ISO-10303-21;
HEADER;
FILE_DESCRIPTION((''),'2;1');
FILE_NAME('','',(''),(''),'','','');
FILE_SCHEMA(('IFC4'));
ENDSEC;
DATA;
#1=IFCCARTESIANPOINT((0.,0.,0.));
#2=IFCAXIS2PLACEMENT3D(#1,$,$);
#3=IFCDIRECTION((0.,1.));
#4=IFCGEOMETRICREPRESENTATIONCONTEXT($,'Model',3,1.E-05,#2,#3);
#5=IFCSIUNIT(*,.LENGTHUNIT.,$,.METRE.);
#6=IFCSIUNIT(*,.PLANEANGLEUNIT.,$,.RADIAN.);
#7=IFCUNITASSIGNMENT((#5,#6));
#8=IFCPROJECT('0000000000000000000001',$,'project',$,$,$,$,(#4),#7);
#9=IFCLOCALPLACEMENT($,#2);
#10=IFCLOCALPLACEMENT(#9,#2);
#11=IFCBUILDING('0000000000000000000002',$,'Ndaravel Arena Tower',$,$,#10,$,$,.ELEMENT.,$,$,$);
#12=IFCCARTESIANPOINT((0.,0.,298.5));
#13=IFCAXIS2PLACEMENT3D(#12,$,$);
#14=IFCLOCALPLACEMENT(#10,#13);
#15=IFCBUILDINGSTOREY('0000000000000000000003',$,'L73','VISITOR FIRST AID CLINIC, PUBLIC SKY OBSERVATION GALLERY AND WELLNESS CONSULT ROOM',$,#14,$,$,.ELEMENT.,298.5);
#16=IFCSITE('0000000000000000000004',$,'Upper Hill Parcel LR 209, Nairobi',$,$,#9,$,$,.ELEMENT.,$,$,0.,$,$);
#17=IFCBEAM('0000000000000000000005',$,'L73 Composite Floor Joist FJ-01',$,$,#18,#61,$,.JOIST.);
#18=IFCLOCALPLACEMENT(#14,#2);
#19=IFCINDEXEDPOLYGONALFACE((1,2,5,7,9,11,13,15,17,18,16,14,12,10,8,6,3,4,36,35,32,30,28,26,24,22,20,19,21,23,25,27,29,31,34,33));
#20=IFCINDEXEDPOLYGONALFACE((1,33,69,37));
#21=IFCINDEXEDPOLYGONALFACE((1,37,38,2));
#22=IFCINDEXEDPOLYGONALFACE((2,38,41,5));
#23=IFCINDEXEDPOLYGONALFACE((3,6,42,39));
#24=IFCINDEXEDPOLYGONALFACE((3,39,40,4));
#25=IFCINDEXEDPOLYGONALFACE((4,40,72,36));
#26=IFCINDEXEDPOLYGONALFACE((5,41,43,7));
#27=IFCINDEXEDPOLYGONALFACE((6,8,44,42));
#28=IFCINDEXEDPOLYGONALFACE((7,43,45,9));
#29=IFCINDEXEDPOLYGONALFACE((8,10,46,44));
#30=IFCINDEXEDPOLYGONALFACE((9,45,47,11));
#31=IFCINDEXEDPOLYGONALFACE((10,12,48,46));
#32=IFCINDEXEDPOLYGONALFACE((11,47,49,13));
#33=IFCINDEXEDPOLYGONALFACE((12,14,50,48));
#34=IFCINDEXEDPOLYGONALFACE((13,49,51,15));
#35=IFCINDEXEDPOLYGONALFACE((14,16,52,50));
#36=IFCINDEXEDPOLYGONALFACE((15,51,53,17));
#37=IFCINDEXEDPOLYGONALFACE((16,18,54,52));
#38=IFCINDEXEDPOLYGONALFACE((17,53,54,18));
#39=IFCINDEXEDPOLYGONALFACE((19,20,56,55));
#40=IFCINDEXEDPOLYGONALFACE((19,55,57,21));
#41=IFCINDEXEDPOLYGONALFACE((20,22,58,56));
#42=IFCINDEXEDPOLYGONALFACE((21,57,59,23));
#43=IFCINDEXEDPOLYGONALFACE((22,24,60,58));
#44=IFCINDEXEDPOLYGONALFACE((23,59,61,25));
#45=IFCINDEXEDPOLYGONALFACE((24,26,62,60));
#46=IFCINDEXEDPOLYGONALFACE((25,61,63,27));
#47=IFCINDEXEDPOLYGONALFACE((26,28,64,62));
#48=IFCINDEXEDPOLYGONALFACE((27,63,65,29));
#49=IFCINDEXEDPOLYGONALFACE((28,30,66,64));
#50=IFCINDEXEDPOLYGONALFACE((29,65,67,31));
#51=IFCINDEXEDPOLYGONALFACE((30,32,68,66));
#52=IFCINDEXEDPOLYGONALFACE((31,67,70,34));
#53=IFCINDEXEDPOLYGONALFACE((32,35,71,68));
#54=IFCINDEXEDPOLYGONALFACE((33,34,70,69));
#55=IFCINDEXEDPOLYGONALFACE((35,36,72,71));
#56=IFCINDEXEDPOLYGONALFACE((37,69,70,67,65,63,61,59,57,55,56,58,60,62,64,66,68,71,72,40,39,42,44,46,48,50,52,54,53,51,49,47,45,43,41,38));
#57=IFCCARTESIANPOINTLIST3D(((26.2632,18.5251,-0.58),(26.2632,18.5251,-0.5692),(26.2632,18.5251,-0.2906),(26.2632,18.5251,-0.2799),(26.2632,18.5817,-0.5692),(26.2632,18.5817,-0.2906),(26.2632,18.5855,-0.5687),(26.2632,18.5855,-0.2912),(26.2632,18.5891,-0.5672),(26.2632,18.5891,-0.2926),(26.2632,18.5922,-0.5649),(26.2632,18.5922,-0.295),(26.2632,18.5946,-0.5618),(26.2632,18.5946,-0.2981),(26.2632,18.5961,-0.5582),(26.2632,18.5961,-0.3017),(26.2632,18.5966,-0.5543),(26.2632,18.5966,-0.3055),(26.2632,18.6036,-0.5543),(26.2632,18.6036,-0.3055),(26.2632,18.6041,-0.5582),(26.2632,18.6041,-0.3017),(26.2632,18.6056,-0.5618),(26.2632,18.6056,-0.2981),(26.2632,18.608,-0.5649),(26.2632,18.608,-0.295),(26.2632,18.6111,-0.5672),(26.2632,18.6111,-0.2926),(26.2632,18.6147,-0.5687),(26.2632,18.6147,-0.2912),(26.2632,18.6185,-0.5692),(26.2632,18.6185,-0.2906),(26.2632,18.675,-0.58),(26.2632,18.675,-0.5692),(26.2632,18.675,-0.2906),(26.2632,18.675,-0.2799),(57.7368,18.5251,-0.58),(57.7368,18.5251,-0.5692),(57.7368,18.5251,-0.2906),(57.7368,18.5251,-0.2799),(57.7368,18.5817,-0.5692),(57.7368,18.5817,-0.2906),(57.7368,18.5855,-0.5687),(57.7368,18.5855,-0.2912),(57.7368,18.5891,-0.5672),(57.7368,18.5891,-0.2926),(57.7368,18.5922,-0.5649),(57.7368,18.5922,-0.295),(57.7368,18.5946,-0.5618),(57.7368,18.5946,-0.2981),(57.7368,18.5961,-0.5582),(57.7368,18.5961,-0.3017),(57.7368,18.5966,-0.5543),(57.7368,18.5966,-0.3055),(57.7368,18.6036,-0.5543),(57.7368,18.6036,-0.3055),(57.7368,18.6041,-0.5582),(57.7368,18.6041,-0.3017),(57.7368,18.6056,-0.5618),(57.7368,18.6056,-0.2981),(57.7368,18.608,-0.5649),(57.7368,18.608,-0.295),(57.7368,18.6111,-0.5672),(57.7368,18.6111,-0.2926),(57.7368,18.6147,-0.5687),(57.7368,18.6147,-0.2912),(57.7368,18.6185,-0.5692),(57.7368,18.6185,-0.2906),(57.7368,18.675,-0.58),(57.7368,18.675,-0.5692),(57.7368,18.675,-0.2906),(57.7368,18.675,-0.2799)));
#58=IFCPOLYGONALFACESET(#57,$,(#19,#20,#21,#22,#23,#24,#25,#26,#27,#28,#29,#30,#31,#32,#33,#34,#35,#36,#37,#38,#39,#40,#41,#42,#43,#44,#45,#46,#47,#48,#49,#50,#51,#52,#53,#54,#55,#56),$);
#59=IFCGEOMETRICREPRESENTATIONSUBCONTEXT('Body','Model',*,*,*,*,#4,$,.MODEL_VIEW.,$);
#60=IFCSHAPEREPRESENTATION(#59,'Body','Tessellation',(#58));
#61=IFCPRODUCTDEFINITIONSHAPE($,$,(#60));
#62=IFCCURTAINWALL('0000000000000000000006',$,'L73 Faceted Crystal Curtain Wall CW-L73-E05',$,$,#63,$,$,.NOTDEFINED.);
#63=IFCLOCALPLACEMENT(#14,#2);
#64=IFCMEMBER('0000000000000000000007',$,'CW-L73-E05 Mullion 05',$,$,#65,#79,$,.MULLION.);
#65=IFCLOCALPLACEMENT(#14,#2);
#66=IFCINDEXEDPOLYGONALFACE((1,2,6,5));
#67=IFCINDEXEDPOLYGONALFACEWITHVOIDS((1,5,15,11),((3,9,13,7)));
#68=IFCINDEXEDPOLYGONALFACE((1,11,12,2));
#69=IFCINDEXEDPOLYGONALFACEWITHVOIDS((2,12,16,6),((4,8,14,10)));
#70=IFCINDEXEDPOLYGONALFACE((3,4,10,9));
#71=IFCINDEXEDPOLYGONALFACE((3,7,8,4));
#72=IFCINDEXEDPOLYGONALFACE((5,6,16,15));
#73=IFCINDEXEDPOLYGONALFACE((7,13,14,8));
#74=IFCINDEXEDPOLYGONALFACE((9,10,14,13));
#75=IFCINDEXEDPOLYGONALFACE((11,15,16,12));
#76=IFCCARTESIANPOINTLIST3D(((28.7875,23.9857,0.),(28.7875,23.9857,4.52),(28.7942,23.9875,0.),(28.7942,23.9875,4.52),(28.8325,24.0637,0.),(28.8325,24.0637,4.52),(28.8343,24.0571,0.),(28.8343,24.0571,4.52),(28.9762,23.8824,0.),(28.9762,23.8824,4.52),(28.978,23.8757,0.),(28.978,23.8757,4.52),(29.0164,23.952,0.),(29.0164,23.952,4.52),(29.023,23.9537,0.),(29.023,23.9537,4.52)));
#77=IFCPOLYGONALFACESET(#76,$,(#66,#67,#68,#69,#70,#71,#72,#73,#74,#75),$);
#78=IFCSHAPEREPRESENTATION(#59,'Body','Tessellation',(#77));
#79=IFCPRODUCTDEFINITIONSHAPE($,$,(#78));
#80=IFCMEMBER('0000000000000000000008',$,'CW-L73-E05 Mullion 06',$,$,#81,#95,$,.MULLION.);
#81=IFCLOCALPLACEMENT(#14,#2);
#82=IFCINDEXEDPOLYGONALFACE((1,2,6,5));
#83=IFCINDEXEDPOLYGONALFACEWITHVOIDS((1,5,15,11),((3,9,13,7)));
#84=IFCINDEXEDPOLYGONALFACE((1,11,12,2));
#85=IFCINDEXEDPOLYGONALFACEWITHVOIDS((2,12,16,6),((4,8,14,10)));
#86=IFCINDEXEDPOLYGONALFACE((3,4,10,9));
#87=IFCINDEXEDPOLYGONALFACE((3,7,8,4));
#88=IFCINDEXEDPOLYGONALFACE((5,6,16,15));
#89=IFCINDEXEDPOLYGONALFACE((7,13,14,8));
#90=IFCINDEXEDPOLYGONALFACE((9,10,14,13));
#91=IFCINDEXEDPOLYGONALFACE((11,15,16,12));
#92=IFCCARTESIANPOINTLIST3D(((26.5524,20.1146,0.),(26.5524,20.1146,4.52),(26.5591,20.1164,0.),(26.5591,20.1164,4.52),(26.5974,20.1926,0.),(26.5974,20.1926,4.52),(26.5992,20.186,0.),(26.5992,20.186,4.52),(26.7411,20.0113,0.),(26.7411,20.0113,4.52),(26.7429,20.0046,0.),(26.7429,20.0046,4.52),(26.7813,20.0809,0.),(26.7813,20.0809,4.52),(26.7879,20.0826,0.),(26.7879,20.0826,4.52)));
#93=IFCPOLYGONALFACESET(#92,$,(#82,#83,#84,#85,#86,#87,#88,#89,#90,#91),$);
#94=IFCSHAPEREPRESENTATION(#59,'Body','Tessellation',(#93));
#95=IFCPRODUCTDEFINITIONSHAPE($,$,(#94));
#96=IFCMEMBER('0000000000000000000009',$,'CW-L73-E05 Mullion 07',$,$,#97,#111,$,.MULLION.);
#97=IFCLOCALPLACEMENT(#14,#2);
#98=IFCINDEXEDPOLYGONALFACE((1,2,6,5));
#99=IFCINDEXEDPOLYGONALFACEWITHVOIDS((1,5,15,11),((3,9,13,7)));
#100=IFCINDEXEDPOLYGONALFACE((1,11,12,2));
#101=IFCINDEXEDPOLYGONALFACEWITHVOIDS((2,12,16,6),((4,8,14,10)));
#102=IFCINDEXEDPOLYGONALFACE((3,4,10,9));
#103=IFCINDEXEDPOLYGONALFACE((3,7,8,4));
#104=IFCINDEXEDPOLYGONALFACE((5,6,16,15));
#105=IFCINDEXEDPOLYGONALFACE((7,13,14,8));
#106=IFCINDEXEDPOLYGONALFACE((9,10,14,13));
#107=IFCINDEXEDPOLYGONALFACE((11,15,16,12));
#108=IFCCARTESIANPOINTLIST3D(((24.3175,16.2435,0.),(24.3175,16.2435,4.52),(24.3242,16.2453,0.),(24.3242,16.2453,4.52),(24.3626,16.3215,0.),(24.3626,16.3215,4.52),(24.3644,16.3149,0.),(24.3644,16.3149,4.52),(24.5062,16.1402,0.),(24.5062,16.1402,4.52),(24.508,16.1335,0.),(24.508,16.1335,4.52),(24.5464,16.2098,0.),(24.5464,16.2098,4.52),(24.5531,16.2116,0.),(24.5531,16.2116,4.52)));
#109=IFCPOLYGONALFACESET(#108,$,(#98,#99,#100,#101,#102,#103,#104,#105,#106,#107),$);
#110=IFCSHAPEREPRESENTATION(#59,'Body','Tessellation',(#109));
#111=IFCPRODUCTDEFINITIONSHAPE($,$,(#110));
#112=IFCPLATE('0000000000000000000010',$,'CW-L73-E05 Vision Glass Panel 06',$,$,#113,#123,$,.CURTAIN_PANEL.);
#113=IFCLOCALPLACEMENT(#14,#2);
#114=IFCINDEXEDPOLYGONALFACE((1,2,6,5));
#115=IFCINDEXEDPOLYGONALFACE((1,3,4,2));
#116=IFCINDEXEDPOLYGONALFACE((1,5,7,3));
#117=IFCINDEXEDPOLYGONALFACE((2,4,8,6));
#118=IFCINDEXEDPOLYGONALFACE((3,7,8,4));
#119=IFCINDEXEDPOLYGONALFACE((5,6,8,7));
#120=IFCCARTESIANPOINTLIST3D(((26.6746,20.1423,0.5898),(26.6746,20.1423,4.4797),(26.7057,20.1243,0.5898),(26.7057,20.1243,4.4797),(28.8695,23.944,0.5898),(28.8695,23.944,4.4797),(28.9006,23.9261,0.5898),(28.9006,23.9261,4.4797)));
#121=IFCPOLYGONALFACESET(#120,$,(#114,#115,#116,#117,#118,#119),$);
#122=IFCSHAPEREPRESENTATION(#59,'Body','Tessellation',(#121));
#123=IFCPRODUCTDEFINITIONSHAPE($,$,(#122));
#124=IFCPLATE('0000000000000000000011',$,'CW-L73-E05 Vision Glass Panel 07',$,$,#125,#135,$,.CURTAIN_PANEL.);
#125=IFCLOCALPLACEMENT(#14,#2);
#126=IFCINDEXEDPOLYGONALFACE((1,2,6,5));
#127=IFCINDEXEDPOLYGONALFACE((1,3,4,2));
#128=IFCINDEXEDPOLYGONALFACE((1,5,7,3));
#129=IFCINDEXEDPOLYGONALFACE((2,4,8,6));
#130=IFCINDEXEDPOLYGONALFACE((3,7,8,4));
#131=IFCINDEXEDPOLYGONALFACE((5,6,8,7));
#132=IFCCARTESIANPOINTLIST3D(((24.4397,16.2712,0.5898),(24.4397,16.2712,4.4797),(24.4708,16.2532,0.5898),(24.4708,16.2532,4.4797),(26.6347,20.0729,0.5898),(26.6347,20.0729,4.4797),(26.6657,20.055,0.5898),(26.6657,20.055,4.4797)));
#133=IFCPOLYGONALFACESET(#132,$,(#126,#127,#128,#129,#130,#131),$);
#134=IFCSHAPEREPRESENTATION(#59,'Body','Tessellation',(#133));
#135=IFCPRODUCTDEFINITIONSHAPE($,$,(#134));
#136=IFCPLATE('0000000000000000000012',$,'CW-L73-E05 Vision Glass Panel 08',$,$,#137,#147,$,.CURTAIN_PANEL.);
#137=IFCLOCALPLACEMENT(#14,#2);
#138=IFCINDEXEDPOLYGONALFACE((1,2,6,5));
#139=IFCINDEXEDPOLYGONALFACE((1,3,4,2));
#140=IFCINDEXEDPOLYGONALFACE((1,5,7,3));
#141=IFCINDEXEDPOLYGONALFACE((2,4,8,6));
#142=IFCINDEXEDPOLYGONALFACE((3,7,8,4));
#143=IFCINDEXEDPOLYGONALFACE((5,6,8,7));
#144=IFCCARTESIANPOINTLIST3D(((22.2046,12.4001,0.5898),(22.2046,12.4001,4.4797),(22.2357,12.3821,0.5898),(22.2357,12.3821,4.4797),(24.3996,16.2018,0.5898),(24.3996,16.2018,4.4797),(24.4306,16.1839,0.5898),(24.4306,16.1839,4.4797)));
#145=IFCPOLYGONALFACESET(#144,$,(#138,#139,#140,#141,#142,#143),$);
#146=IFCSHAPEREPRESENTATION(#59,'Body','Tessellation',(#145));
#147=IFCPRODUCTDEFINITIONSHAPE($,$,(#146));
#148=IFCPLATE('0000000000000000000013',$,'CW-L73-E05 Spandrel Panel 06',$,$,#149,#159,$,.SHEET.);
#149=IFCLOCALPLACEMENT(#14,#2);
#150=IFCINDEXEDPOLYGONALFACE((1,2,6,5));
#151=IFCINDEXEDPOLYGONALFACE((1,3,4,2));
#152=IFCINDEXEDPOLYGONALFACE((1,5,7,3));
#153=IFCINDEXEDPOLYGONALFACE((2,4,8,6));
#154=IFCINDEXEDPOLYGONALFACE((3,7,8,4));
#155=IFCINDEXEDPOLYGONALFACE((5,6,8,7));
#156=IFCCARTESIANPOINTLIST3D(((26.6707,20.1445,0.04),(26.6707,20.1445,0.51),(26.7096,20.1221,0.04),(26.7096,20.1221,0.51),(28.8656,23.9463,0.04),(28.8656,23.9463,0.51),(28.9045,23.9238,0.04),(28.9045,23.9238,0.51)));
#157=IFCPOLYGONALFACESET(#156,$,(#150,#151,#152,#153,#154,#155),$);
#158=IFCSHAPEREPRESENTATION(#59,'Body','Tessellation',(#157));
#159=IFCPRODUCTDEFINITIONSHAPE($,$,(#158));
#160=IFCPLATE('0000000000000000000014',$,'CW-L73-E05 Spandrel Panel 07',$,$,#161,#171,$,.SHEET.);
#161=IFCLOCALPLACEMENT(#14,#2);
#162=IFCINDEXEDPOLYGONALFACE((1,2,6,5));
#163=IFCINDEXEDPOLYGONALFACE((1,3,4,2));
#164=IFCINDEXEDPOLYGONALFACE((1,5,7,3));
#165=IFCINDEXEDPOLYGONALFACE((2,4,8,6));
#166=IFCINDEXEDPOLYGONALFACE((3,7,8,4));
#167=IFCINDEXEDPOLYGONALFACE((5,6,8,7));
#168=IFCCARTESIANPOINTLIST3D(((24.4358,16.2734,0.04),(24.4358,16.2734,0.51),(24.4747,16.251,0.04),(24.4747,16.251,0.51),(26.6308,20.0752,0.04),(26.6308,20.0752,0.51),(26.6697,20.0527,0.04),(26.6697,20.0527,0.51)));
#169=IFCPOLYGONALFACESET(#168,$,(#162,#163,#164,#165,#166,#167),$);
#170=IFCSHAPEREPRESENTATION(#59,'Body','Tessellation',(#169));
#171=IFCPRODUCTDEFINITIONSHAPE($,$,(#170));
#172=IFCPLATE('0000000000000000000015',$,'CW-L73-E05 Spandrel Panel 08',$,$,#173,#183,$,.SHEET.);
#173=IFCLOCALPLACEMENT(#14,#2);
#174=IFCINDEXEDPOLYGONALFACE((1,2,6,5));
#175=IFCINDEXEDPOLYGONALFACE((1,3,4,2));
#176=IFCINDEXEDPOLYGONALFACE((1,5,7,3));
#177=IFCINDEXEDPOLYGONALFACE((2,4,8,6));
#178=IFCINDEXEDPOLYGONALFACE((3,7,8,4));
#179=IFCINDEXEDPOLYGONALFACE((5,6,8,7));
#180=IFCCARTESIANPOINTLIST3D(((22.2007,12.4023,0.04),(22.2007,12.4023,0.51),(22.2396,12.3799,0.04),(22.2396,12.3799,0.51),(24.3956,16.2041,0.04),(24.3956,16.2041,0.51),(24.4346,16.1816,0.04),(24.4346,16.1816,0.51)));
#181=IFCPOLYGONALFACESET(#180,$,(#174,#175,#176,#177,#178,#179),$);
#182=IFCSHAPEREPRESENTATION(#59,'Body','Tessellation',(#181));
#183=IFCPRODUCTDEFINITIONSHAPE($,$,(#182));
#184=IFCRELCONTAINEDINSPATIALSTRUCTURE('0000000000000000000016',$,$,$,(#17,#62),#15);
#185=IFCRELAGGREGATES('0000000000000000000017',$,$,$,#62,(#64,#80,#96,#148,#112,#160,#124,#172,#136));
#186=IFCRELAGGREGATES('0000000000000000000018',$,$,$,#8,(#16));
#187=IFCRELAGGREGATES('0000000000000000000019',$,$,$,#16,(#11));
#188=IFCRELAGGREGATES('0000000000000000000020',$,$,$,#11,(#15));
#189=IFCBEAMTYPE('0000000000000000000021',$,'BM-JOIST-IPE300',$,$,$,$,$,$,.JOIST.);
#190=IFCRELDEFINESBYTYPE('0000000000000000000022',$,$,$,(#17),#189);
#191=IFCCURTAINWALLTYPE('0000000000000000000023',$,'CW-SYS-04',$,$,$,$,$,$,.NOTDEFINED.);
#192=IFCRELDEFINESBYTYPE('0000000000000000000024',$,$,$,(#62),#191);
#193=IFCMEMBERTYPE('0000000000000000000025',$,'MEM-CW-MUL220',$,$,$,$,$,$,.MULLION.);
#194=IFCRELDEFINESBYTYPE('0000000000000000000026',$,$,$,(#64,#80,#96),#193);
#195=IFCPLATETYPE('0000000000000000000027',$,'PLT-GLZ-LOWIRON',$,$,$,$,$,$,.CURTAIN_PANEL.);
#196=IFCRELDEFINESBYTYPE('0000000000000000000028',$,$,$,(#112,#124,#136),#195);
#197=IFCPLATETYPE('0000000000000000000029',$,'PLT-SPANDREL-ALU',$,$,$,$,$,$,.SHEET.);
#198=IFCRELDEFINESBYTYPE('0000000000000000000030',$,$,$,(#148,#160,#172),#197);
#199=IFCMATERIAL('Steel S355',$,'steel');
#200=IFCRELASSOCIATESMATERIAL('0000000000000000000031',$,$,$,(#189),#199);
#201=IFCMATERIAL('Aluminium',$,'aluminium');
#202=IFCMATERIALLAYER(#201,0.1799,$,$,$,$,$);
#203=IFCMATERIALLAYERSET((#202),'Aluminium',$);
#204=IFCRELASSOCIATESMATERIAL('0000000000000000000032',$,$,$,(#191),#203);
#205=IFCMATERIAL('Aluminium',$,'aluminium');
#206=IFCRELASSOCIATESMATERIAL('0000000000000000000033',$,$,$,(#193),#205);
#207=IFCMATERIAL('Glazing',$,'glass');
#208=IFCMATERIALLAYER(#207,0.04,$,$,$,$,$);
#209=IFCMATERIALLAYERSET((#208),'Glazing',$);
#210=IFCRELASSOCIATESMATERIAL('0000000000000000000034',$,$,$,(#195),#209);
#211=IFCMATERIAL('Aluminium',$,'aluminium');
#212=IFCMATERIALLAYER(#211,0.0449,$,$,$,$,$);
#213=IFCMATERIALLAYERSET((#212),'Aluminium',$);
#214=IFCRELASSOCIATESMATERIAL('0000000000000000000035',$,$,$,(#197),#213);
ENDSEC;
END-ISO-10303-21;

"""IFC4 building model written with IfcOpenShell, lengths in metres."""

from ifc_helpers import new_model, si_unit, direction, frame, origin, origin_2d, place, context, subcontext, project, spatial, rectangle, hollow_rectangle, i_section, extrude, material, layer, layer_set, material_profile, profile_set, type_object, element, aggregate, save


model = new_model("IFC4")

# Units and contexts
model_context = context("Model", 3, precision=1e-05, world=origin(), true_north=direction((0.0, 1.0)))
body_context = subcontext(model_context, "Body", "Model", "MODEL_VIEW")
ifc_project = project(units=[si_unit("LENGTHUNIT", "METRE"), si_unit("PLANEANGLEUNIT", "RADIAN")], contexts=[model_context])

# Site, building, storey
site_placement = place(None, origin())
site = spatial("IfcSite", under=ifc_project, at=site_placement, Name="Upper Hill Parcel LR 209, Nairobi", CompositionType="ELEMENT", RefElevation=0.0)
building_placement = place(site_placement, origin())
building = spatial("IfcBuilding", under=site, at=building_placement, Name="Ndaravel Arena Tower", CompositionType="ELEMENT")
storey_placement = place(building_placement, frame((0.0, 0.0, 298.5)))
storey = spatial("IfcBuildingStorey", under=building, at=storey_placement, Name="L73", Description="VISITOR FIRST AID CLINIC, PUBLIC SKY OBSERVATION GALLERY AND WELLNESS CONSULT ROOM", CompositionType="ELEMENT", Elevation=298.5)

# Beam
ifc_material_1 = material(Name="Steel S355", Category="steel")
ifc_material_profile_1 = material_profile(ifc_material_1, i_section(OverallWidth=0.1499, OverallDepth=0.3, WebThickness=0.0071, FlangeThickness=0.0107, FilletRadius=0.0149, at=origin_2d()), Name="IPE 300")
ifc_profile_set_1 = profile_set([ifc_material_profile_1], Name="Steel S355")
beam_type = type_object("IfcBeamType", Name="BM-JOIST-IPE300", PredefinedType="JOIST", material=ifc_profile_set_1)
beam_placement = place(storey_placement, frame((26.2632, 18.6001, -0.4299), z_axis=(1.0, 0.0, 0.0), x_axis=(0.0, 1.0, 0.0)))
element("IfcBeam", 1, at=beam_placement, inside=storey, type_object=beam_type, Name="L73 Composite Floor Joist FJ-01", PredefinedType="JOIST", context=body_context, shape_type="SweptSolid", body=[
    extrude(i_section(OverallWidth=0.1499, OverallDepth=0.3, WebThickness=0.0071, FlangeThickness=0.0107, FilletRadius=0.0149, at=origin_2d()), origin(), (0.0, 0.0, 1.0), 31.4736),
])

# Curtain wall, members, plates
ifc_material_2 = material(Name="Aluminium", Category="aluminium")
ifc_layer_1 = layer(ifc_material_2, 0.1799)
ifc_layer_set_1 = layer_set([ifc_layer_1], Name="Aluminium")
curtain_wall_type = type_object("IfcCurtainWallType", Name="CW-SYS-04", PredefinedType="NOTDEFINED", material=ifc_layer_set_1)
curtain_wall_placement = place(storey_placement, origin())
curtain_wall = element("IfcCurtainWall", 2, at=curtain_wall_placement, inside=storey, type_object=curtain_wall_type, Name="L73 Faceted Crystal Curtain Wall CW-L73-E05", PredefinedType="NOTDEFINED")
ifc_material_3 = material(Name="Aluminium", Category="aluminium")
ifc_material_profile_2 = material_profile(ifc_material_3, hollow_rectangle(XDim=0.0901, YDim=0.22, WallThickness=0.0049, at=origin_2d()), Name="CW MULLION 90x220x5")
ifc_profile_set_2 = profile_set([ifc_material_profile_2], Name="Aluminium")
member_type = type_object("IfcMemberType", Name="MEM-CW-MUL220", PredefinedType="MULLION", material=ifc_profile_set_2)
member_1_placement = place(storey_placement, frame((28.9053, 23.9697, 0.0), z_axis=(0.0, 0.0, 1.0), x_axis=(-0.5, -0.866025, 0.0)))
member_1 = element("IfcMember", 3, at=member_1_placement, type_object=member_type, Name="CW-L73-E05 Mullion 05", PredefinedType="MULLION", context=body_context, shape_type="SweptSolid", body=[
    extrude(hollow_rectangle(XDim=0.0901, YDim=0.22, WallThickness=0.0049, at=origin_2d()), origin(), (0.0, 0.0, 1.0), 4.52),
])
member_2_placement = place(storey_placement, frame((26.6702, 20.0986, 0.0), z_axis=(0.0, 0.0, 1.0), x_axis=(-0.5, -0.866025, 0.0)))
member_2 = element("IfcMember", 4, at=member_2_placement, type_object=member_type, Name="CW-L73-E05 Mullion 06", PredefinedType="MULLION", context=body_context, shape_type="SweptSolid", body=[
    extrude(hollow_rectangle(XDim=0.0901, YDim=0.22, WallThickness=0.0049, at=origin_2d()), origin(), (0.0, 0.0, 1.0), 4.52),
])
member_3_placement = place(storey_placement, frame((24.4353, 16.2275, 0.0), z_axis=(0.0, 0.0, 1.0), x_axis=(-0.5, -0.866025, 0.0)))
member_3 = element("IfcMember", 5, at=member_3_placement, type_object=member_type, Name="CW-L73-E05 Mullion 07", PredefinedType="MULLION", context=body_context, shape_type="SweptSolid", body=[
    extrude(hollow_rectangle(XDim=0.0901, YDim=0.22, WallThickness=0.0049, at=origin_2d()), origin(), (0.0, 0.0, 1.0), 4.52),
])
ifc_material_4 = material(Name="Glazing", Category="glass")
ifc_layer_2 = layer(ifc_material_4, 0.04)
ifc_layer_set_2 = layer_set([ifc_layer_2], Name="Glazing")
plate_type_1 = type_object("IfcPlateType", Name="PLT-GLZ-LOWIRON", PredefinedType="CURTAIN_PANEL", material=ifc_layer_set_2)
plate_1_placement = place(storey_placement, frame((27.7876, 22.0342, 0.5898), z_axis=(0.0, 0.0, 1.0), x_axis=(-0.5, -0.866025, 0.0)))
plate_1 = element("IfcPlate", 6, at=plate_1_placement, type_object=plate_type_1, Name="CW-L73-E05 Vision Glass Panel 06", PredefinedType="CURTAIN_PANEL", context=body_context, shape_type="SweptSolid", body=[
    extrude(rectangle(XDim=4.3899, YDim=0.0359, at=origin_2d()), origin(), (0.0, 0.0, 1.0), 3.8899),
])
plate_2_placement = place(storey_placement, frame((25.5527, 18.1631, 0.5898), z_axis=(0.0, 0.0, 1.0), x_axis=(-0.5, -0.866025, 0.0)))
plate_2 = element("IfcPlate", 7, at=plate_2_placement, type_object=plate_type_1, Name="CW-L73-E05 Vision Glass Panel 07", PredefinedType="CURTAIN_PANEL", context=body_context, shape_type="SweptSolid", body=[
    extrude(rectangle(XDim=4.3899, YDim=0.0359, at=origin_2d()), origin(), (0.0, 0.0, 1.0), 3.8899),
])
plate_3_placement = place(storey_placement, frame((23.3176, 14.292, 0.5898), z_axis=(0.0, 0.0, 1.0), x_axis=(-0.5, -0.866025, 0.0)))
plate_3 = element("IfcPlate", 8, at=plate_3_placement, type_object=plate_type_1, Name="CW-L73-E05 Vision Glass Panel 08", PredefinedType="CURTAIN_PANEL", context=body_context, shape_type="SweptSolid", body=[
    extrude(rectangle(XDim=4.3899, YDim=0.0359, at=origin_2d()), origin(), (0.0, 0.0, 1.0), 3.8899),
])
ifc_material_5 = material(Name="Aluminium", Category="aluminium")
ifc_layer_3 = layer(ifc_material_5, 0.0449)
ifc_layer_set_3 = layer_set([ifc_layer_3], Name="Aluminium")
plate_type_2 = type_object("IfcPlateType", Name="PLT-SPANDREL-ALU", PredefinedType="SHEET", material=ifc_layer_set_3)
plate_4_placement = place(storey_placement, frame((27.7876, 22.0342, 0.04), z_axis=(0.0, 0.0, 1.0), x_axis=(-0.5, -0.866025, 0.0)))
plate_4 = element("IfcPlate", 9, at=plate_4_placement, type_object=plate_type_2, Name="CW-L73-E05 Spandrel Panel 06", PredefinedType="SHEET", context=body_context, shape_type="SweptSolid", body=[
    extrude(rectangle(XDim=4.3899, YDim=0.0449, at=origin_2d()), origin(), (0.0, 0.0, 1.0), 0.47),
])
plate_5_placement = place(storey_placement, frame((25.5527, 18.1631, 0.04), z_axis=(0.0, 0.0, 1.0), x_axis=(-0.5, -0.866025, 0.0)))
plate_5 = element("IfcPlate", 10, at=plate_5_placement, type_object=plate_type_2, Name="CW-L73-E05 Spandrel Panel 07", PredefinedType="SHEET", context=body_context, shape_type="SweptSolid", body=[
    extrude(rectangle(XDim=4.3899, YDim=0.0449, at=origin_2d()), origin(), (0.0, 0.0, 1.0), 0.47),
])
plate_6_placement = place(storey_placement, frame((23.3176, 14.292, 0.04), z_axis=(0.0, 0.0, 1.0), x_axis=(-0.5, -0.866025, 0.0)))
plate_6 = element("IfcPlate", 11, at=plate_6_placement, type_object=plate_type_2, Name="CW-L73-E05 Spandrel Panel 08", PredefinedType="SHEET", context=body_context, shape_type="SweptSolid", body=[
    extrude(rectangle(XDim=4.3899, YDim=0.0449, at=origin_2d()), origin(), (0.0, 0.0, 1.0), 0.47),
])
aggregate(curtain_wall, [member_1, member_2, member_3, plate_4, plate_1, plate_5, plate_2, plate_6, plate_3])

save(model, "model.ifc")
